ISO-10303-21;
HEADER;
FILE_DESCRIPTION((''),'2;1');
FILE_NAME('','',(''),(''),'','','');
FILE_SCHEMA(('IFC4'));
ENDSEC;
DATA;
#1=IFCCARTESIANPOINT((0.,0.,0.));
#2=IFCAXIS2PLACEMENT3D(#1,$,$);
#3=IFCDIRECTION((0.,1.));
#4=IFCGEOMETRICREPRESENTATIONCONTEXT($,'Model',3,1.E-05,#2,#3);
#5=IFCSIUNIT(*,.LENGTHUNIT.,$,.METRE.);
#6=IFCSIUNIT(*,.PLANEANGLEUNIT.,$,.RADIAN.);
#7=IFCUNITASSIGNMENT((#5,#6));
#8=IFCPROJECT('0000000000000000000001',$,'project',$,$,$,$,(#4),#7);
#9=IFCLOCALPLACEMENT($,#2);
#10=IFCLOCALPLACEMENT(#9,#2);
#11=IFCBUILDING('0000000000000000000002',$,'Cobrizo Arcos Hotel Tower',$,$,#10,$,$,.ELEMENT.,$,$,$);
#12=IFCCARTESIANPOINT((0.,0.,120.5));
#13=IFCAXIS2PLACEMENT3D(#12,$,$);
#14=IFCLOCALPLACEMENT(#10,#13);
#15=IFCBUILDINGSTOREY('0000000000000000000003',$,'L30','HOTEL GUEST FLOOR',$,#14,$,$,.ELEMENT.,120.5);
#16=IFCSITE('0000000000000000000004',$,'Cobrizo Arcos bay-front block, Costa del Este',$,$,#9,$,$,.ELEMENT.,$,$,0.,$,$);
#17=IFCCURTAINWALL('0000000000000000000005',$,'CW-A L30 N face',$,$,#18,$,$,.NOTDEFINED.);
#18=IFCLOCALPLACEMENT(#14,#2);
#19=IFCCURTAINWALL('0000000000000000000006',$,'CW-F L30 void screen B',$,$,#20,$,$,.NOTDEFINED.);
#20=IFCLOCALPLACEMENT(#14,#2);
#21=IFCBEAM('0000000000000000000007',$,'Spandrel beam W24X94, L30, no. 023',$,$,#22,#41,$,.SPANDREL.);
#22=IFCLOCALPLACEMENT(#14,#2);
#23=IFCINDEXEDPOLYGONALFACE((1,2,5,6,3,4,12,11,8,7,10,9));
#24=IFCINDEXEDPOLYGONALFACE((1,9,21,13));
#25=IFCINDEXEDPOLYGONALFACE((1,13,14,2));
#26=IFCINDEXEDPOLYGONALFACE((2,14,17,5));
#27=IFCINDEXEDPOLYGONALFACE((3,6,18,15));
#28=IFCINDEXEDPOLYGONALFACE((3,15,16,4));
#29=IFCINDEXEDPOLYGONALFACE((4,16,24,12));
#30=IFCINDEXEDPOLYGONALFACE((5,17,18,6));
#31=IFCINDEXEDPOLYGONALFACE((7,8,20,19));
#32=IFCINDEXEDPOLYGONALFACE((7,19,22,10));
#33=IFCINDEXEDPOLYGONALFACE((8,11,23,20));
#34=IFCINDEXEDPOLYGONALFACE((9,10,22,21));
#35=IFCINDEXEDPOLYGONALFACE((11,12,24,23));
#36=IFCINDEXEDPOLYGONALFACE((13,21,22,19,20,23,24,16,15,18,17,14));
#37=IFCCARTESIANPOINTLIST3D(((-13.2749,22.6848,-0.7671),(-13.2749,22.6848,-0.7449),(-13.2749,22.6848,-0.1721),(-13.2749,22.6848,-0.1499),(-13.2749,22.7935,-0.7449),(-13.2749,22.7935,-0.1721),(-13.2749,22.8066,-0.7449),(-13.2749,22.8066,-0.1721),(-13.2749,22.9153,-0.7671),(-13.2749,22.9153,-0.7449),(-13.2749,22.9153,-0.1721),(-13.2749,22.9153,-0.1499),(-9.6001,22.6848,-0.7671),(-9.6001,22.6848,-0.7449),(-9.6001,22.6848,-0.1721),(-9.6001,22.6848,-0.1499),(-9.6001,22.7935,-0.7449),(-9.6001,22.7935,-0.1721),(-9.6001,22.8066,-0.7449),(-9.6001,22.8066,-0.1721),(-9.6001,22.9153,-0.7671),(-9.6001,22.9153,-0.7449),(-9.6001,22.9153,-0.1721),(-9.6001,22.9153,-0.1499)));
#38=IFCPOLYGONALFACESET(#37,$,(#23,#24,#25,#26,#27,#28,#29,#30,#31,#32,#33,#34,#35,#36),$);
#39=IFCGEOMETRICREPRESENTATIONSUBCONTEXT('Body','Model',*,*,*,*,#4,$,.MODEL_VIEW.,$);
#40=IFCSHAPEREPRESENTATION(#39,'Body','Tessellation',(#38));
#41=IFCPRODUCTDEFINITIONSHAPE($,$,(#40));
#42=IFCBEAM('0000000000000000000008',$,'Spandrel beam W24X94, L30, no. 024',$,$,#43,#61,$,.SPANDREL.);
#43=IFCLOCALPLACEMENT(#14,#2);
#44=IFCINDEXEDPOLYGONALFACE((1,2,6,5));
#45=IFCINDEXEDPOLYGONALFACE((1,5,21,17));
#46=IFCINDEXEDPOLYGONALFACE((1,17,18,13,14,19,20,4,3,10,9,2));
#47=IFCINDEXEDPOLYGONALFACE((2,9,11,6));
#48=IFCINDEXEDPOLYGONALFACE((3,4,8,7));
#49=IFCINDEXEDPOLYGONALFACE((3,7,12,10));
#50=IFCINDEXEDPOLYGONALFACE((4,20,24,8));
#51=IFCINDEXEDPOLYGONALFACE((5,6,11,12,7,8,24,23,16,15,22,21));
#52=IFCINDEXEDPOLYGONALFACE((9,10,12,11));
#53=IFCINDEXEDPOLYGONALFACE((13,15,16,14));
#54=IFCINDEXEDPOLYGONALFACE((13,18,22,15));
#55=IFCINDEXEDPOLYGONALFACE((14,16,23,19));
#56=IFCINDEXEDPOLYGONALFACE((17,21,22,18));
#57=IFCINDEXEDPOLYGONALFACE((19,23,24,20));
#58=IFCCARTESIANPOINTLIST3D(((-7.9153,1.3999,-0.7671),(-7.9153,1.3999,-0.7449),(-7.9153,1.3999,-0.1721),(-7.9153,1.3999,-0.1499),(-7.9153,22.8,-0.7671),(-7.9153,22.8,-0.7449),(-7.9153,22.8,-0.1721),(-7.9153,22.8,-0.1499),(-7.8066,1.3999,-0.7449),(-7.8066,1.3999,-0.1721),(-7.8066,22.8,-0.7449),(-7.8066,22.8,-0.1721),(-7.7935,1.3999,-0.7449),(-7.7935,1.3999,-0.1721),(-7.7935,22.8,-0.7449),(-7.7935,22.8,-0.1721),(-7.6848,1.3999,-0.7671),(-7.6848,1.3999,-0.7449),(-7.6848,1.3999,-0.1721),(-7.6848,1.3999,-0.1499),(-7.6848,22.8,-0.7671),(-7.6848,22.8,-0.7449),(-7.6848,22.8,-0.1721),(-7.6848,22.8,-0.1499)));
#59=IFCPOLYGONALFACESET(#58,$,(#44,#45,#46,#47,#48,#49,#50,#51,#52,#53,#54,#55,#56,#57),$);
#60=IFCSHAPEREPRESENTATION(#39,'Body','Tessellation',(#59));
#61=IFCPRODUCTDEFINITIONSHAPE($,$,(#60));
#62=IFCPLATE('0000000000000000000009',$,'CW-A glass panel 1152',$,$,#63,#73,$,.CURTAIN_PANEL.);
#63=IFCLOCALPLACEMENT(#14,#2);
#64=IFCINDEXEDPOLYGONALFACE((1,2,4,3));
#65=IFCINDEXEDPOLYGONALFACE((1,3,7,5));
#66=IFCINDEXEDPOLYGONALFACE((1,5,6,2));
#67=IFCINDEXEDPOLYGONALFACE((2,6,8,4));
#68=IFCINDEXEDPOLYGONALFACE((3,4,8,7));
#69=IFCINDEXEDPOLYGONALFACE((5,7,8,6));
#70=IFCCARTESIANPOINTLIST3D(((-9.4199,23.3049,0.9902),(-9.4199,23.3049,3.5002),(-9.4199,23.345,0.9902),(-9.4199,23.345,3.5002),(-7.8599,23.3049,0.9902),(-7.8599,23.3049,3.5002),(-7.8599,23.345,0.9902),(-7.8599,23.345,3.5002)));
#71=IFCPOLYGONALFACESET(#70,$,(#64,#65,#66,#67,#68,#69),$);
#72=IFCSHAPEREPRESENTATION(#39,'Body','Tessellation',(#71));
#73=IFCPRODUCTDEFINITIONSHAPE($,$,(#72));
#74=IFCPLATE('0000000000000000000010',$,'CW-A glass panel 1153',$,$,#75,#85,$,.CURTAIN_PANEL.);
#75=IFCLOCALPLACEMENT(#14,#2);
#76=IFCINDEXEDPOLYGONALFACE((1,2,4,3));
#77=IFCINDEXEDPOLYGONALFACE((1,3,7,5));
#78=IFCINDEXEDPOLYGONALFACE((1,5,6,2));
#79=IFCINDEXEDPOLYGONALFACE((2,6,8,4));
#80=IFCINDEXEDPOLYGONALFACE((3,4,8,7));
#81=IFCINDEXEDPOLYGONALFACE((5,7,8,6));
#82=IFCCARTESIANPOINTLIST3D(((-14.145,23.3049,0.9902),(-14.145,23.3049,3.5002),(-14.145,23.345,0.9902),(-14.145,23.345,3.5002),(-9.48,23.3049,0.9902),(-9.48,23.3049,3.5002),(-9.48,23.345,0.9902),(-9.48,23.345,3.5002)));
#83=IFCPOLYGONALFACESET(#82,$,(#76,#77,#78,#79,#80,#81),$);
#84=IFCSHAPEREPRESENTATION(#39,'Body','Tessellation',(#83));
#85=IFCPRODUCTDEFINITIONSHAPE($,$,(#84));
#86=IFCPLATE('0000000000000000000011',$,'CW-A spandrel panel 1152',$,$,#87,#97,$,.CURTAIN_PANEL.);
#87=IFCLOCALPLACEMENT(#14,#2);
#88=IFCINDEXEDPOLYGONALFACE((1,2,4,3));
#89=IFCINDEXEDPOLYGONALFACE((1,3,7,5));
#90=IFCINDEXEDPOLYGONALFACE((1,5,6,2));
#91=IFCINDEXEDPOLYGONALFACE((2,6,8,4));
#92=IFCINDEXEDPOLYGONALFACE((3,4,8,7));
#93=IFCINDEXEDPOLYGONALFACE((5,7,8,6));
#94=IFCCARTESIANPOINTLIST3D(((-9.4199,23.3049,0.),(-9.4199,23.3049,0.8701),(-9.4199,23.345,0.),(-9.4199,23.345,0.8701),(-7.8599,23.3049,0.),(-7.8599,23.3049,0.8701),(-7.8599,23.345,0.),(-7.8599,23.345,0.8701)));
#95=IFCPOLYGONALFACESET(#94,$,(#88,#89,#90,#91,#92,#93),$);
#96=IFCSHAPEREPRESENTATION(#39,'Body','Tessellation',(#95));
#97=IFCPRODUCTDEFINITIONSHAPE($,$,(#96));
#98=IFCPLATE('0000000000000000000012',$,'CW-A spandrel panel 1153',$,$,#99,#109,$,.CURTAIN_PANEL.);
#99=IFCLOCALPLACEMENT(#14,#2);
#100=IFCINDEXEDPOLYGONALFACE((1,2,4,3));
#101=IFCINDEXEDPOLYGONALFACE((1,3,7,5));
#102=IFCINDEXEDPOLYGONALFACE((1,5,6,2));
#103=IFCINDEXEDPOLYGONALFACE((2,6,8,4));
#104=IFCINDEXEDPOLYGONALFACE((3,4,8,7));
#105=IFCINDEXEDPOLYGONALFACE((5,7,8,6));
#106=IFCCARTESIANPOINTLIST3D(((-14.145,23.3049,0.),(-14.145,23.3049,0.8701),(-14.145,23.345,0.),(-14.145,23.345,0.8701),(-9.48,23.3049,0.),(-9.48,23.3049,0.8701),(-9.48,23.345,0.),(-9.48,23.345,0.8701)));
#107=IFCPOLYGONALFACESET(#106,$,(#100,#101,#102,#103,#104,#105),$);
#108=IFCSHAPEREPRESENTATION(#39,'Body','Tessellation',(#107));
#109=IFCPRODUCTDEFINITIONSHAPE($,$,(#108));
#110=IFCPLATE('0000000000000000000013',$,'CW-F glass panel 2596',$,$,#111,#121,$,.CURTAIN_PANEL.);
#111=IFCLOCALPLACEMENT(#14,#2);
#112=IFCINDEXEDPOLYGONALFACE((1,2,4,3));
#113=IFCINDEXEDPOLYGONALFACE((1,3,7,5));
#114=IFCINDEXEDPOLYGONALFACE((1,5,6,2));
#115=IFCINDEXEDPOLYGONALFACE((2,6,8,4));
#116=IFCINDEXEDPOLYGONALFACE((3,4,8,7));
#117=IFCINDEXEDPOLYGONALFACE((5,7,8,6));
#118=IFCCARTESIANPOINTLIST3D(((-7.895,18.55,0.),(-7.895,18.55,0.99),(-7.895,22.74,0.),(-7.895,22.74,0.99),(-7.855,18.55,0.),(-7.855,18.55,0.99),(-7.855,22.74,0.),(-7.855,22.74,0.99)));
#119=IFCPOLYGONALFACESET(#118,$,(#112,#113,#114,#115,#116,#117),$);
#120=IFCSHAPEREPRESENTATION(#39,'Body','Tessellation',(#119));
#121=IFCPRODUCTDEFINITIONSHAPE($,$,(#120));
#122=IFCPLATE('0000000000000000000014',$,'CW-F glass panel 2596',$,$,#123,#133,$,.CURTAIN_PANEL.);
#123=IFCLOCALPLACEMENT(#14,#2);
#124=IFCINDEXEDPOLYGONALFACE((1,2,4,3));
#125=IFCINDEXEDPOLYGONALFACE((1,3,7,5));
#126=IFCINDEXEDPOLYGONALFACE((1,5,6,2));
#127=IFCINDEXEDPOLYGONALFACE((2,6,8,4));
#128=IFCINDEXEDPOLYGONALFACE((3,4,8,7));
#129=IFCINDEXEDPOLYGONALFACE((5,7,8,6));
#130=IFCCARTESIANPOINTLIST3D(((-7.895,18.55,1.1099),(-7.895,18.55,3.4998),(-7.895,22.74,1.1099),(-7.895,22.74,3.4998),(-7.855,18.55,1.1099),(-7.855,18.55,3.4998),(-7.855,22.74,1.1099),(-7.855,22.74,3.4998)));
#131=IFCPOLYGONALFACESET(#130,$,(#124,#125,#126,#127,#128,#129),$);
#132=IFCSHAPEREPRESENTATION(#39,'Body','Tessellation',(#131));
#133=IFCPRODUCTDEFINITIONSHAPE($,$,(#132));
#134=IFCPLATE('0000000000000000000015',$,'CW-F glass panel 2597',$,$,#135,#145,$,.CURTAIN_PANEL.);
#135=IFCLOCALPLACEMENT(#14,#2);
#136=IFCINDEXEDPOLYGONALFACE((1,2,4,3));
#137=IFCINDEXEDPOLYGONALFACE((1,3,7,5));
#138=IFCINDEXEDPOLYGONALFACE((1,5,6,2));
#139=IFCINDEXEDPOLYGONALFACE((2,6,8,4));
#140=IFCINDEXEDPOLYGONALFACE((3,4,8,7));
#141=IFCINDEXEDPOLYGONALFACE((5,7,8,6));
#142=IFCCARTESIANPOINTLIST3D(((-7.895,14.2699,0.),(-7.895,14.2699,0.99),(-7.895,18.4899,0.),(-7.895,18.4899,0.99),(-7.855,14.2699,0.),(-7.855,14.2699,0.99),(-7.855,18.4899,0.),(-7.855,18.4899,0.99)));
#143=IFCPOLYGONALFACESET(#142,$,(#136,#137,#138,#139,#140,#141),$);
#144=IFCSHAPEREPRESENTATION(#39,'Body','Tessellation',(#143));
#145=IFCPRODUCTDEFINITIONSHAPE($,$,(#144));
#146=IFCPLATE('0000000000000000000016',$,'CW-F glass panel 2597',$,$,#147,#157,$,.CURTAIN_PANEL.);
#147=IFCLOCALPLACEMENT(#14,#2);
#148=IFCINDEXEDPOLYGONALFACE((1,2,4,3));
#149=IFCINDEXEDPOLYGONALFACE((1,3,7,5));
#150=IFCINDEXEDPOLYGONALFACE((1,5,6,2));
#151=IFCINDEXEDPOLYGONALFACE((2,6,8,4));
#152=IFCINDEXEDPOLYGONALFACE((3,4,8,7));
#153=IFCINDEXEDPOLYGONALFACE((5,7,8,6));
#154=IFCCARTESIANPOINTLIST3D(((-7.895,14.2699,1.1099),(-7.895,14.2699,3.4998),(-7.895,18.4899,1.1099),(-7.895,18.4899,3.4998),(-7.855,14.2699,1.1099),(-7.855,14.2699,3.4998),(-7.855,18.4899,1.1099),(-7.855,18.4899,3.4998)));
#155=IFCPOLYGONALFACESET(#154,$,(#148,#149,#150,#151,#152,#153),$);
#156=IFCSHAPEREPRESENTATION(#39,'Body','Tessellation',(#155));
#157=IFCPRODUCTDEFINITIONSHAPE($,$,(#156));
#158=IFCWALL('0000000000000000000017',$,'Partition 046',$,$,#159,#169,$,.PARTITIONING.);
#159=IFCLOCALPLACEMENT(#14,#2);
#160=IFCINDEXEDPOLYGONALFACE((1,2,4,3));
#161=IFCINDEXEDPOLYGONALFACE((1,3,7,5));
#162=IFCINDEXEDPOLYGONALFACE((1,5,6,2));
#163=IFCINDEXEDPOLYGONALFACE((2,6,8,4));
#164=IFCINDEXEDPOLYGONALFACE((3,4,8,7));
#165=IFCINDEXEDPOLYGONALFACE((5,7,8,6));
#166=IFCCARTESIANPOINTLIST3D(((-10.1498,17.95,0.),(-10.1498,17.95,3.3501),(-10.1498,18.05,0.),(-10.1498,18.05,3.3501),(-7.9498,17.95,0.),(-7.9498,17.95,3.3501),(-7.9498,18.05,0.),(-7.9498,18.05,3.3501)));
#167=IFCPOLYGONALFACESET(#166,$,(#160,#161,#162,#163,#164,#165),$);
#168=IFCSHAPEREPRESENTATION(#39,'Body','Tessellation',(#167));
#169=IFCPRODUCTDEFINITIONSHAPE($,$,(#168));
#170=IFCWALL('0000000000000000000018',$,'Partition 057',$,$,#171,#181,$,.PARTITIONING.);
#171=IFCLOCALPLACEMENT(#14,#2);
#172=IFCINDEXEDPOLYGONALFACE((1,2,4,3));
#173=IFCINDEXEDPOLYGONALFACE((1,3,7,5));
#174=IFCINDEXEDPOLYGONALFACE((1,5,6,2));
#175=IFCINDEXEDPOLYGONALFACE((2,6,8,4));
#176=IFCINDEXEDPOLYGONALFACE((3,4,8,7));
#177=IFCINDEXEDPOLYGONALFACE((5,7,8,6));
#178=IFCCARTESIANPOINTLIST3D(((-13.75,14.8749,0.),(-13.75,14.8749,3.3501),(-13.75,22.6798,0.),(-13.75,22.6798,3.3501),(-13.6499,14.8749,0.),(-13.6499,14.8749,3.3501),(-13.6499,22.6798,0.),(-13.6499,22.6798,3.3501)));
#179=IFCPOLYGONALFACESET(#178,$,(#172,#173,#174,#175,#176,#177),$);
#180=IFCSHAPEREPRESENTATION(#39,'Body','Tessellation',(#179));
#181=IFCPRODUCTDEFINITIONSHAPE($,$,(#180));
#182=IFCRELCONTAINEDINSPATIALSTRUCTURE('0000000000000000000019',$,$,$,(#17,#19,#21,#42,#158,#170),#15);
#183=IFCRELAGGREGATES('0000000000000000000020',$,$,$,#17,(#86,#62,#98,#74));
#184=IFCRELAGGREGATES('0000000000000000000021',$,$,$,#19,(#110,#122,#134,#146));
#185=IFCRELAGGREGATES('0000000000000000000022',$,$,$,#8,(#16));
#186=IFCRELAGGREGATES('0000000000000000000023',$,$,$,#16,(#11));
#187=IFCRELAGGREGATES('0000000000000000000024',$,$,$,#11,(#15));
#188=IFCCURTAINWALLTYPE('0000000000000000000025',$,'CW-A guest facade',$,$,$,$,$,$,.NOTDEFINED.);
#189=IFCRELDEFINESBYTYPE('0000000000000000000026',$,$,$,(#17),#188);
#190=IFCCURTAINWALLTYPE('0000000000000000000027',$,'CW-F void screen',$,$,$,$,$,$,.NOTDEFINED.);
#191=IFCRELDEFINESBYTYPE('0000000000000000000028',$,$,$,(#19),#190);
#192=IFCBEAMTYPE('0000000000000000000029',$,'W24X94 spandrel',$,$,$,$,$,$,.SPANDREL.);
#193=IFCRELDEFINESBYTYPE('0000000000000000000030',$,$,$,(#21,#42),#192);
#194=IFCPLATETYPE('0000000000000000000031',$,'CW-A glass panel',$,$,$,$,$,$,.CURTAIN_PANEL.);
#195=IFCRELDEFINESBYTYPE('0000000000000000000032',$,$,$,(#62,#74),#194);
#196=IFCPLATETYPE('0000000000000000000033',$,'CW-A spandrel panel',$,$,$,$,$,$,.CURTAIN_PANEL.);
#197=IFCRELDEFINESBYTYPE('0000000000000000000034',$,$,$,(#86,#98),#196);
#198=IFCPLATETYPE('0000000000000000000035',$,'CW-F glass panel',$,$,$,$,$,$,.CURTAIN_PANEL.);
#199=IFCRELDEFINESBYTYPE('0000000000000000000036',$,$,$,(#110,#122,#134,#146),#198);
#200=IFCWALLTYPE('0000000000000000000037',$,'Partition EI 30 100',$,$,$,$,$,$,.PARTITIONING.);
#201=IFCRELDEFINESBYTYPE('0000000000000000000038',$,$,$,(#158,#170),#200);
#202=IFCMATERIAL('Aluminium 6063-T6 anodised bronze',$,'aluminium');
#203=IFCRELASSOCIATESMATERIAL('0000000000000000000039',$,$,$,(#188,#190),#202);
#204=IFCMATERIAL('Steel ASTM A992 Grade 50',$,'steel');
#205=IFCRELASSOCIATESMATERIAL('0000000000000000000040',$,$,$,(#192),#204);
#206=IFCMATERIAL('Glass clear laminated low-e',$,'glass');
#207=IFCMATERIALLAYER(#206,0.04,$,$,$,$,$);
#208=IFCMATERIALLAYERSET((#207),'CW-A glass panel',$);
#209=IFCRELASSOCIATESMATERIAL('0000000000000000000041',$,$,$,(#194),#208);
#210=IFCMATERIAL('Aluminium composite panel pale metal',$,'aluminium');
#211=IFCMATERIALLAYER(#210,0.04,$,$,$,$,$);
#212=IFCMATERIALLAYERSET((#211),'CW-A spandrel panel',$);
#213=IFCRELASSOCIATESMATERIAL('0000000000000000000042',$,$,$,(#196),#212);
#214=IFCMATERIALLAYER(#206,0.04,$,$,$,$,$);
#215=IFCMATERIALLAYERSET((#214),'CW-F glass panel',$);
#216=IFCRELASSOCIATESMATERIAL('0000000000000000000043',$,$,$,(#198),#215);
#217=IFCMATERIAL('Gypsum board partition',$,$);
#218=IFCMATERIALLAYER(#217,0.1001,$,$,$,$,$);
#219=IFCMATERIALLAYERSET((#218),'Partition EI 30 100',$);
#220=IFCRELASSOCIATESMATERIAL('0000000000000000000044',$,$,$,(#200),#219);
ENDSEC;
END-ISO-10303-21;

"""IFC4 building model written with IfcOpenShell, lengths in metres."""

from ifc_helpers import new_model, si_unit, direction, frame, frame_2d, origin, origin_2d, place, context, subcontext, project, spatial, rectangle, i_section, extrude, material, layer, layer_set, material_profile, profile_set, type_object, element, aggregate, save


model = new_model("IFC4")

# Units and contexts
model_context = context("Model", 3, precision=1e-05, world=origin(), true_north=direction((0.0, 1.0)))
body_context = subcontext(model_context, "Body", "Model", "MODEL_VIEW")
ifc_project = project(units=[si_unit("LENGTHUNIT", "METRE"), si_unit("PLANEANGLEUNIT", "RADIAN")], contexts=[model_context])

# Site, building, storey
site_placement = place(None, origin())
site = spatial("IfcSite", under=ifc_project, at=site_placement, Name="Cobrizo Arcos bay-front block, Costa del Este", CompositionType="ELEMENT", RefElevation=0.0)
building_placement = place(site_placement, origin())
building = spatial("IfcBuilding", under=site, at=building_placement, Name="Cobrizo Arcos Hotel Tower", CompositionType="ELEMENT")
storey_placement = place(building_placement, frame((0.0, 0.0, 120.5)))
storey = spatial("IfcBuildingStorey", under=building, at=storey_placement, Name="L30", Description="HOTEL GUEST FLOOR", CompositionType="ELEMENT", Elevation=120.5)

# Curtain walls
ifc_material_1 = material(Name="Aluminium 6063-T6 anodised bronze", Category="aluminium")
curtain_wall_type_1 = type_object("IfcCurtainWallType", Name="CW-A guest facade", PredefinedType="NOTDEFINED", material=ifc_material_1)
curtain_wall_1_placement = place(storey_placement, origin())
curtain_wall_1 = element("IfcCurtainWall", 1, at=curtain_wall_1_placement, inside=storey, type_object=curtain_wall_type_1, Name="CW-A L30 N face", PredefinedType="NOTDEFINED")
curtain_wall_type_2 = type_object("IfcCurtainWallType", Name="CW-F void screen", PredefinedType="NOTDEFINED", material=ifc_material_1)
curtain_wall_2_placement = place(storey_placement, origin())
curtain_wall_2 = element("IfcCurtainWall", 2, at=curtain_wall_2_placement, inside=storey, type_object=curtain_wall_type_2, Name="CW-F L30 void screen B", PredefinedType="NOTDEFINED")

# Beams
ifc_material_2 = material(Name="Steel ASTM A992 Grade 50", Category="steel")
ifc_material_profile_1 = material_profile(ifc_material_2, i_section(OverallWidth=0.2305, OverallDepth=0.6172, WebThickness=0.0132, FlangeThickness=0.0222, at=origin_2d()), Name="W24X94")
ifc_profile_set_1 = profile_set([ifc_material_profile_1], Name="Steel ASTM A992 Grade 50")
beam_type = type_object("IfcBeamType", Name="W24X94 spandrel", PredefinedType="SPANDREL", material=ifc_profile_set_1)
beam_1_placement = place(storey_placement, frame((-13.2749, 22.8, -0.4585), z_axis=(1.0, 0.0, 0.0), x_axis=(0.0, 1.0, 0.0)))
element("IfcBeam", 3, at=beam_1_placement, inside=storey, type_object=beam_type, Name="Spandrel beam W24X94, L30, no. 023", PredefinedType="SPANDREL", context=body_context, shape_type="SweptSolid", body=[
    extrude(i_section(OverallWidth=0.2305, OverallDepth=0.6172, WebThickness=0.0132, FlangeThickness=0.0222, at=origin_2d()), origin(), (0.0, 0.0, 1.0), 3.6748),
])
beam_2_placement = place(storey_placement, frame((-7.8, 22.8, -0.4585), z_axis=(0.0, -1.0, 0.0), x_axis=(1.0, 0.0, 0.0)))
element("IfcBeam", 4, at=beam_2_placement, inside=storey, type_object=beam_type, Name="Spandrel beam W24X94, L30, no. 024", PredefinedType="SPANDREL", context=body_context, shape_type="SweptSolid", body=[
    extrude(i_section(OverallWidth=0.2305, OverallDepth=0.6172, WebThickness=0.0132, FlangeThickness=0.0222, at=origin_2d()), origin(), (0.0, 0.0, 1.0), 21.4001),
])

# Plates
ifc_material_3 = material(Name="Glass clear laminated low-e", Category="glass")
ifc_layer_1 = layer(ifc_material_3, 0.04)
ifc_layer_set_1 = layer_set([ifc_layer_1], Name="CW-A glass panel")
plate_type_1 = type_object("IfcPlateType", Name="CW-A glass panel", PredefinedType="CURTAIN_PANEL", material=ifc_layer_set_1)
plate_1_placement = place(storey_placement, frame((-8.6399, 23.325, 0.9902), z_axis=(0.0, 0.0, 1.0), x_axis=(-1.0, 0.0, 0.0)))
plate_1 = element("IfcPlate", 5, at=plate_1_placement, type_object=plate_type_1, Name="CW-A glass panel 1152", PredefinedType="CURTAIN_PANEL", context=body_context, shape_type="SweptSolid", body=[
    extrude(rectangle(XDim=1.5601, YDim=0.04, at=origin_2d()), origin(), (0.0, 0.0, 1.0), 2.51),
])
plate_2_placement = place(storey_placement, frame((-11.8125, 23.325, 0.9902), z_axis=(0.0, 0.0, 1.0), x_axis=(-1.0, 0.0, 0.0)))
plate_2 = element("IfcPlate", 6, at=plate_2_placement, type_object=plate_type_1, Name="CW-A glass panel 1153", PredefinedType="CURTAIN_PANEL", context=body_context, shape_type="SweptSolid", body=[
    extrude(rectangle(XDim=4.665, YDim=0.04, at=origin_2d()), origin(), (0.0, 0.0, 1.0), 2.51),
])
ifc_material_4 = material(Name="Aluminium composite panel pale metal", Category="aluminium")
ifc_layer_2 = layer(ifc_material_4, 0.04)
ifc_layer_set_2 = layer_set([ifc_layer_2], Name="CW-A spandrel panel")
plate_type_2 = type_object("IfcPlateType", Name="CW-A spandrel panel", PredefinedType="CURTAIN_PANEL", material=ifc_layer_set_2)
plate_3_placement = place(storey_placement, frame((-8.6399, 23.325, 0.0), z_axis=(0.0, 0.0, 1.0), x_axis=(-1.0, 0.0, 0.0)))
plate_3 = element("IfcPlate", 7, at=plate_3_placement, type_object=plate_type_2, Name="CW-A spandrel panel 1152", PredefinedType="CURTAIN_PANEL", context=body_context, shape_type="SweptSolid", body=[
    extrude(rectangle(XDim=1.5601, YDim=0.04, at=origin_2d()), origin(), (0.0, 0.0, 1.0), 0.8701),
])
plate_4_placement = place(storey_placement, frame((-11.8125, 23.325, 0.0), z_axis=(0.0, 0.0, 1.0), x_axis=(-1.0, 0.0, 0.0)))
plate_4 = element("IfcPlate", 8, at=plate_4_placement, type_object=plate_type_2, Name="CW-A spandrel panel 1153", PredefinedType="CURTAIN_PANEL", context=body_context, shape_type="SweptSolid", body=[
    extrude(rectangle(XDim=4.665, YDim=0.04, at=origin_2d()), origin(), (0.0, 0.0, 1.0), 0.8701),
])
aggregate(curtain_wall_1, [plate_3, plate_1, plate_4, plate_2])
ifc_layer_3 = layer(ifc_material_3, 0.04)
ifc_layer_set_3 = layer_set([ifc_layer_3], Name="CW-F glass panel")
plate_type_3 = type_object("IfcPlateType", Name="CW-F glass panel", PredefinedType="CURTAIN_PANEL", material=ifc_layer_set_3)
plate_5_placement = place(storey_placement, frame((-7.875, 20.645, 0.0), z_axis=(0.0, 0.0, 1.0), x_axis=(0.0, -1.0, 0.0)))
plate_5 = element("IfcPlate", 9, at=plate_5_placement, type_object=plate_type_3, Name="CW-F glass panel 2596", PredefinedType="CURTAIN_PANEL", context=body_context, shape_type="SweptSolid", body=[
    extrude(rectangle(XDim=4.1899, YDim=0.04, at=origin_2d()), origin(), (0.0, 0.0, 1.0), 0.99),
])
plate_6_placement = place(storey_placement, frame((-7.875, 20.645, 1.1099), z_axis=(0.0, 0.0, 1.0), x_axis=(0.0, -1.0, 0.0)))
plate_6 = element("IfcPlate", 10, at=plate_6_placement, type_object=plate_type_3, Name="CW-F glass panel 2596", PredefinedType="CURTAIN_PANEL", context=body_context, shape_type="SweptSolid", body=[
    extrude(rectangle(XDim=4.1899, YDim=0.04, at=origin_2d()), origin(), (0.0, 0.0, 1.0), 2.3899),
])
plate_7_placement = place(storey_placement, frame((-7.875, 16.3799, 0.0), z_axis=(0.0, 0.0, 1.0), x_axis=(0.0, -1.0, 0.0)))
plate_7 = element("IfcPlate", 11, at=plate_7_placement, type_object=plate_type_3, Name="CW-F glass panel 2597", PredefinedType="CURTAIN_PANEL", context=body_context, shape_type="SweptSolid", body=[
    extrude(rectangle(XDim=4.22, YDim=0.04, at=origin_2d()), origin(), (0.0, 0.0, 1.0), 0.99),
])
plate_8_placement = place(storey_placement, frame((-7.875, 16.3799, 1.1099), z_axis=(0.0, 0.0, 1.0), x_axis=(0.0, -1.0, 0.0)))
plate_8 = element("IfcPlate", 12, at=plate_8_placement, type_object=plate_type_3, Name="CW-F glass panel 2597", PredefinedType="CURTAIN_PANEL", context=body_context, shape_type="SweptSolid", body=[
    extrude(rectangle(XDim=4.22, YDim=0.04, at=origin_2d()), origin(), (0.0, 0.0, 1.0), 2.3899),
])
aggregate(curtain_wall_2, [plate_5, plate_6, plate_7, plate_8])

# Walls
ifc_material_5 = material(Name="Gypsum board partition")
ifc_layer_4 = layer(ifc_material_5, 0.1001)
ifc_layer_set_4 = layer_set([ifc_layer_4], Name="Partition EI 30 100")
wall_type = type_object("IfcWallType", Name="Partition EI 30 100", PredefinedType="PARTITIONING", material=ifc_layer_set_4)
wall_1_placement = place(storey_placement, frame((-10.1499, 18.0, 0.0), z_axis=(0.0, 0.0, 1.0), x_axis=(1.0, 0.0, 0.0)))
element("IfcWall", 13, at=wall_1_placement, inside=storey, type_object=wall_type, Name="Partition 046", PredefinedType="PARTITIONING", context=body_context, shape_type="SweptSolid", body=[
    extrude(rectangle(XDim=2.2, YDim=0.1001, at=frame_2d((1.1001, 0.0))), origin(), (0.0, 0.0, 1.0), 3.3501),
])
wall_2_placement = place(storey_placement, frame((-13.7, 14.875, 0.0), z_axis=(0.0, 0.0, 1.0), x_axis=(0.0, 1.0, 0.0)))
element("IfcWall", 14, at=wall_2_placement, inside=storey, type_object=wall_type, Name="Partition 057", PredefinedType="PARTITIONING", context=body_context, shape_type="SweptSolid", body=[
    extrude(rectangle(XDim=7.8049, YDim=0.1001, at=frame_2d((3.9023, 0.0))), origin(), (0.0, 0.0, 1.0), 3.3501),
])

save(model, "model.ifc")
